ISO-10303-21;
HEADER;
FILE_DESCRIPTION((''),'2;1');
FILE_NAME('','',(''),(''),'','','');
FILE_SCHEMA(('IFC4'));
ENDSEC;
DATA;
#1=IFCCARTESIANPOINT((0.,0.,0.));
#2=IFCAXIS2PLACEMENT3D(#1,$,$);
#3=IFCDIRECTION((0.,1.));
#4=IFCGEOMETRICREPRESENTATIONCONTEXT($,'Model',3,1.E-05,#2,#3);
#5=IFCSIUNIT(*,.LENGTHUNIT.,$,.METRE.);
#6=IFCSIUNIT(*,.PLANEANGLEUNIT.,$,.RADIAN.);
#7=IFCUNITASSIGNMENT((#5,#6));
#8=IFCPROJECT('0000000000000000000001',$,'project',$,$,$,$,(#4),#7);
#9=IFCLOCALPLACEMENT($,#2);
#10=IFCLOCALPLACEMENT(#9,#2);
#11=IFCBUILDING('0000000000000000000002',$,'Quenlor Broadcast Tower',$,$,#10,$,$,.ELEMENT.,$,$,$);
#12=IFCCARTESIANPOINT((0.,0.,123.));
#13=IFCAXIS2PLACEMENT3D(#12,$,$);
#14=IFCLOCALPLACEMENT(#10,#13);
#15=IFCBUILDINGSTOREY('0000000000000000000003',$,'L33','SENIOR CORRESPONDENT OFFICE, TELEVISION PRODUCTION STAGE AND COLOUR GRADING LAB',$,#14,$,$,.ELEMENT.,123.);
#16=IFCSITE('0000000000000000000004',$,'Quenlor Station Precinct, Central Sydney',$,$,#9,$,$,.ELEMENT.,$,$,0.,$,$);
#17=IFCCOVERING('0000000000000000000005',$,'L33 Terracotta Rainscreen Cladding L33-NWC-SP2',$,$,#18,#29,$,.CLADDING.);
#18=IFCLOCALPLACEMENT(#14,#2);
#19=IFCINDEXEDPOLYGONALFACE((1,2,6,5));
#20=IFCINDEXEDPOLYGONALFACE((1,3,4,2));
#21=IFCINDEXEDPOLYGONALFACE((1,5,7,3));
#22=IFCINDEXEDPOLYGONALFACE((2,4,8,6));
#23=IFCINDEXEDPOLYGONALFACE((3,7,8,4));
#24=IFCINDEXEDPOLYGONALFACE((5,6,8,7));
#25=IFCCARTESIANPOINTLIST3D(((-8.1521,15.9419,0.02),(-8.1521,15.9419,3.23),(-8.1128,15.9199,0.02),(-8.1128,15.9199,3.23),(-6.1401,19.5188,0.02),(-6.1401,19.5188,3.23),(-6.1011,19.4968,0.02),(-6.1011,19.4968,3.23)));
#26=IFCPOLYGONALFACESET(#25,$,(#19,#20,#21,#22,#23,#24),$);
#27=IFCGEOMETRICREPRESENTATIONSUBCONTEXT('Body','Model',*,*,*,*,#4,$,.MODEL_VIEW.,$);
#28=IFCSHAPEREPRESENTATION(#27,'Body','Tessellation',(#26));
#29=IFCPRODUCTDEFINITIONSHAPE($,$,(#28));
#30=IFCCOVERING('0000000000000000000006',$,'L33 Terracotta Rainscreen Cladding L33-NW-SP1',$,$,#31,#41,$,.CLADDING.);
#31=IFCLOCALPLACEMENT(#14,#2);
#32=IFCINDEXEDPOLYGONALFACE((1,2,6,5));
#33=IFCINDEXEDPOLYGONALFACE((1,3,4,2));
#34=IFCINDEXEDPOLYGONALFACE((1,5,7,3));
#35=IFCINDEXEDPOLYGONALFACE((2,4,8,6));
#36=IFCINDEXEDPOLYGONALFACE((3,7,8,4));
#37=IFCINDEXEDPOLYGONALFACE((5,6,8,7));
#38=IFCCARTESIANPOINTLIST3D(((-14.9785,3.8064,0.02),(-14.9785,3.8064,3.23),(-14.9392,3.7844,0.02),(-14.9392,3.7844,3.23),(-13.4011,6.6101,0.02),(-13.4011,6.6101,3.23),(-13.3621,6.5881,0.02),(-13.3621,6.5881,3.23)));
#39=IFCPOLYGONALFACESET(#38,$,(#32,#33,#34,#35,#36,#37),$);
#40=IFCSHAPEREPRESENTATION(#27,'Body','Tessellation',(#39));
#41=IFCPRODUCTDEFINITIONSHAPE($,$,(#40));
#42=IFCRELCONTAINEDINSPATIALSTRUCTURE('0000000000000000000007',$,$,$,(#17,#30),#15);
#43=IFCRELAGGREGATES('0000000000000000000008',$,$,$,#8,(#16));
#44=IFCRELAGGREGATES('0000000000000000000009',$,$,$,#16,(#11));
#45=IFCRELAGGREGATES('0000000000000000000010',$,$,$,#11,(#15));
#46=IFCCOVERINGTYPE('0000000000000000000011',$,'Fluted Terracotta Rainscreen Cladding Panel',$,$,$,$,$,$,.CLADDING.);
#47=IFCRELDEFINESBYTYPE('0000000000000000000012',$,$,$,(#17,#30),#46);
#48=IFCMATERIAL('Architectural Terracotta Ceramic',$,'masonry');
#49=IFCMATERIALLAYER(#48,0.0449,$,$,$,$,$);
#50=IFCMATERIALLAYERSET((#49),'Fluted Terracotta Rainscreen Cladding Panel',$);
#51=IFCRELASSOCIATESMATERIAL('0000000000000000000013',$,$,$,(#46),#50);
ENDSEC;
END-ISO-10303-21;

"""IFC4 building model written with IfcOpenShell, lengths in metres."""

from ifc_helpers import new_model, si_unit, direction, frame, origin, place, context, subcontext, project, spatial, polyline, outline, extrude, material, layer, layer_set, type_object, element, save


model = new_model("IFC4")

# Units and contexts
model_context = context("Model", 3, precision=1e-05, world=origin(), true_north=direction((0.0, 1.0)))
body_context = subcontext(model_context, "Body", "Model", "MODEL_VIEW")
ifc_project = project(units=[si_unit("LENGTHUNIT", "METRE"), si_unit("PLANEANGLEUNIT", "RADIAN")], contexts=[model_context])

# Site, building, storey
site_placement = place(None, origin())
site = spatial("IfcSite", under=ifc_project, at=site_placement, Name="Quenlor Station Precinct, Central Sydney", CompositionType="ELEMENT", RefElevation=0.0)
building_placement = place(site_placement, origin())
building = spatial("IfcBuilding", under=site, at=building_placement, Name="Quenlor Broadcast Tower", CompositionType="ELEMENT")
storey_placement = place(building_placement, frame((0.0, 0.0, 123.0)))
storey = spatial("IfcBuildingStorey", under=building, at=storey_placement, Name="L33", Description="SENIOR CORRESPONDENT OFFICE, TELEVISION PRODUCTION STAGE AND COLOUR GRADING LAB", CompositionType="ELEMENT", Elevation=123.0)

# Coverings
ifc_material_1 = material(Name="Architectural Terracotta Ceramic", Category="masonry")
ifc_layer_1 = layer(ifc_material_1, 0.0449)
ifc_layer_set_1 = layer_set([ifc_layer_1], Name="Fluted Terracotta Rainscreen Cladding Panel")
covering_type = type_object("IfcCoveringType", Name="Fluted Terracotta Rainscreen Cladding Panel", PredefinedType="CLADDING", material=ifc_layer_set_1)
covering_1_placement = place(storey_placement, frame((0.0, 0.0, 0.02)))
element("IfcCovering", 1, at=covering_1_placement, inside=storey, type_object=covering_type, Name="L33 Terracotta Rainscreen Cladding L33-NWC-SP2", PredefinedType="CLADDING", context=body_context, shape_type="SweptSolid", body=[
    extrude(outline(polyline([(-8.1128, 15.9199), (-6.1011, 19.4968), (-6.1401, 19.5188), (-8.1521, 15.9419), (-8.1128, 15.9199)])), origin(), (0.0, 0.0, 1.0), 3.21),
])
covering_2_placement = place(storey_placement, frame((0.0, 0.0, 0.02)))
element("IfcCovering", 2, at=covering_2_placement, inside=storey, type_object=covering_type, Name="L33 Terracotta Rainscreen Cladding L33-NW-SP1", PredefinedType="CLADDING", context=body_context, shape_type="SweptSolid", body=[
    extrude(outline(polyline([(-14.9392, 3.7844), (-13.3621, 6.5881), (-13.4011, 6.6101), (-14.9785, 3.8064), (-14.9392, 3.7844)])), origin(), (0.0, 0.0, 1.0), 3.21),
])

save(model, "model.ifc")
